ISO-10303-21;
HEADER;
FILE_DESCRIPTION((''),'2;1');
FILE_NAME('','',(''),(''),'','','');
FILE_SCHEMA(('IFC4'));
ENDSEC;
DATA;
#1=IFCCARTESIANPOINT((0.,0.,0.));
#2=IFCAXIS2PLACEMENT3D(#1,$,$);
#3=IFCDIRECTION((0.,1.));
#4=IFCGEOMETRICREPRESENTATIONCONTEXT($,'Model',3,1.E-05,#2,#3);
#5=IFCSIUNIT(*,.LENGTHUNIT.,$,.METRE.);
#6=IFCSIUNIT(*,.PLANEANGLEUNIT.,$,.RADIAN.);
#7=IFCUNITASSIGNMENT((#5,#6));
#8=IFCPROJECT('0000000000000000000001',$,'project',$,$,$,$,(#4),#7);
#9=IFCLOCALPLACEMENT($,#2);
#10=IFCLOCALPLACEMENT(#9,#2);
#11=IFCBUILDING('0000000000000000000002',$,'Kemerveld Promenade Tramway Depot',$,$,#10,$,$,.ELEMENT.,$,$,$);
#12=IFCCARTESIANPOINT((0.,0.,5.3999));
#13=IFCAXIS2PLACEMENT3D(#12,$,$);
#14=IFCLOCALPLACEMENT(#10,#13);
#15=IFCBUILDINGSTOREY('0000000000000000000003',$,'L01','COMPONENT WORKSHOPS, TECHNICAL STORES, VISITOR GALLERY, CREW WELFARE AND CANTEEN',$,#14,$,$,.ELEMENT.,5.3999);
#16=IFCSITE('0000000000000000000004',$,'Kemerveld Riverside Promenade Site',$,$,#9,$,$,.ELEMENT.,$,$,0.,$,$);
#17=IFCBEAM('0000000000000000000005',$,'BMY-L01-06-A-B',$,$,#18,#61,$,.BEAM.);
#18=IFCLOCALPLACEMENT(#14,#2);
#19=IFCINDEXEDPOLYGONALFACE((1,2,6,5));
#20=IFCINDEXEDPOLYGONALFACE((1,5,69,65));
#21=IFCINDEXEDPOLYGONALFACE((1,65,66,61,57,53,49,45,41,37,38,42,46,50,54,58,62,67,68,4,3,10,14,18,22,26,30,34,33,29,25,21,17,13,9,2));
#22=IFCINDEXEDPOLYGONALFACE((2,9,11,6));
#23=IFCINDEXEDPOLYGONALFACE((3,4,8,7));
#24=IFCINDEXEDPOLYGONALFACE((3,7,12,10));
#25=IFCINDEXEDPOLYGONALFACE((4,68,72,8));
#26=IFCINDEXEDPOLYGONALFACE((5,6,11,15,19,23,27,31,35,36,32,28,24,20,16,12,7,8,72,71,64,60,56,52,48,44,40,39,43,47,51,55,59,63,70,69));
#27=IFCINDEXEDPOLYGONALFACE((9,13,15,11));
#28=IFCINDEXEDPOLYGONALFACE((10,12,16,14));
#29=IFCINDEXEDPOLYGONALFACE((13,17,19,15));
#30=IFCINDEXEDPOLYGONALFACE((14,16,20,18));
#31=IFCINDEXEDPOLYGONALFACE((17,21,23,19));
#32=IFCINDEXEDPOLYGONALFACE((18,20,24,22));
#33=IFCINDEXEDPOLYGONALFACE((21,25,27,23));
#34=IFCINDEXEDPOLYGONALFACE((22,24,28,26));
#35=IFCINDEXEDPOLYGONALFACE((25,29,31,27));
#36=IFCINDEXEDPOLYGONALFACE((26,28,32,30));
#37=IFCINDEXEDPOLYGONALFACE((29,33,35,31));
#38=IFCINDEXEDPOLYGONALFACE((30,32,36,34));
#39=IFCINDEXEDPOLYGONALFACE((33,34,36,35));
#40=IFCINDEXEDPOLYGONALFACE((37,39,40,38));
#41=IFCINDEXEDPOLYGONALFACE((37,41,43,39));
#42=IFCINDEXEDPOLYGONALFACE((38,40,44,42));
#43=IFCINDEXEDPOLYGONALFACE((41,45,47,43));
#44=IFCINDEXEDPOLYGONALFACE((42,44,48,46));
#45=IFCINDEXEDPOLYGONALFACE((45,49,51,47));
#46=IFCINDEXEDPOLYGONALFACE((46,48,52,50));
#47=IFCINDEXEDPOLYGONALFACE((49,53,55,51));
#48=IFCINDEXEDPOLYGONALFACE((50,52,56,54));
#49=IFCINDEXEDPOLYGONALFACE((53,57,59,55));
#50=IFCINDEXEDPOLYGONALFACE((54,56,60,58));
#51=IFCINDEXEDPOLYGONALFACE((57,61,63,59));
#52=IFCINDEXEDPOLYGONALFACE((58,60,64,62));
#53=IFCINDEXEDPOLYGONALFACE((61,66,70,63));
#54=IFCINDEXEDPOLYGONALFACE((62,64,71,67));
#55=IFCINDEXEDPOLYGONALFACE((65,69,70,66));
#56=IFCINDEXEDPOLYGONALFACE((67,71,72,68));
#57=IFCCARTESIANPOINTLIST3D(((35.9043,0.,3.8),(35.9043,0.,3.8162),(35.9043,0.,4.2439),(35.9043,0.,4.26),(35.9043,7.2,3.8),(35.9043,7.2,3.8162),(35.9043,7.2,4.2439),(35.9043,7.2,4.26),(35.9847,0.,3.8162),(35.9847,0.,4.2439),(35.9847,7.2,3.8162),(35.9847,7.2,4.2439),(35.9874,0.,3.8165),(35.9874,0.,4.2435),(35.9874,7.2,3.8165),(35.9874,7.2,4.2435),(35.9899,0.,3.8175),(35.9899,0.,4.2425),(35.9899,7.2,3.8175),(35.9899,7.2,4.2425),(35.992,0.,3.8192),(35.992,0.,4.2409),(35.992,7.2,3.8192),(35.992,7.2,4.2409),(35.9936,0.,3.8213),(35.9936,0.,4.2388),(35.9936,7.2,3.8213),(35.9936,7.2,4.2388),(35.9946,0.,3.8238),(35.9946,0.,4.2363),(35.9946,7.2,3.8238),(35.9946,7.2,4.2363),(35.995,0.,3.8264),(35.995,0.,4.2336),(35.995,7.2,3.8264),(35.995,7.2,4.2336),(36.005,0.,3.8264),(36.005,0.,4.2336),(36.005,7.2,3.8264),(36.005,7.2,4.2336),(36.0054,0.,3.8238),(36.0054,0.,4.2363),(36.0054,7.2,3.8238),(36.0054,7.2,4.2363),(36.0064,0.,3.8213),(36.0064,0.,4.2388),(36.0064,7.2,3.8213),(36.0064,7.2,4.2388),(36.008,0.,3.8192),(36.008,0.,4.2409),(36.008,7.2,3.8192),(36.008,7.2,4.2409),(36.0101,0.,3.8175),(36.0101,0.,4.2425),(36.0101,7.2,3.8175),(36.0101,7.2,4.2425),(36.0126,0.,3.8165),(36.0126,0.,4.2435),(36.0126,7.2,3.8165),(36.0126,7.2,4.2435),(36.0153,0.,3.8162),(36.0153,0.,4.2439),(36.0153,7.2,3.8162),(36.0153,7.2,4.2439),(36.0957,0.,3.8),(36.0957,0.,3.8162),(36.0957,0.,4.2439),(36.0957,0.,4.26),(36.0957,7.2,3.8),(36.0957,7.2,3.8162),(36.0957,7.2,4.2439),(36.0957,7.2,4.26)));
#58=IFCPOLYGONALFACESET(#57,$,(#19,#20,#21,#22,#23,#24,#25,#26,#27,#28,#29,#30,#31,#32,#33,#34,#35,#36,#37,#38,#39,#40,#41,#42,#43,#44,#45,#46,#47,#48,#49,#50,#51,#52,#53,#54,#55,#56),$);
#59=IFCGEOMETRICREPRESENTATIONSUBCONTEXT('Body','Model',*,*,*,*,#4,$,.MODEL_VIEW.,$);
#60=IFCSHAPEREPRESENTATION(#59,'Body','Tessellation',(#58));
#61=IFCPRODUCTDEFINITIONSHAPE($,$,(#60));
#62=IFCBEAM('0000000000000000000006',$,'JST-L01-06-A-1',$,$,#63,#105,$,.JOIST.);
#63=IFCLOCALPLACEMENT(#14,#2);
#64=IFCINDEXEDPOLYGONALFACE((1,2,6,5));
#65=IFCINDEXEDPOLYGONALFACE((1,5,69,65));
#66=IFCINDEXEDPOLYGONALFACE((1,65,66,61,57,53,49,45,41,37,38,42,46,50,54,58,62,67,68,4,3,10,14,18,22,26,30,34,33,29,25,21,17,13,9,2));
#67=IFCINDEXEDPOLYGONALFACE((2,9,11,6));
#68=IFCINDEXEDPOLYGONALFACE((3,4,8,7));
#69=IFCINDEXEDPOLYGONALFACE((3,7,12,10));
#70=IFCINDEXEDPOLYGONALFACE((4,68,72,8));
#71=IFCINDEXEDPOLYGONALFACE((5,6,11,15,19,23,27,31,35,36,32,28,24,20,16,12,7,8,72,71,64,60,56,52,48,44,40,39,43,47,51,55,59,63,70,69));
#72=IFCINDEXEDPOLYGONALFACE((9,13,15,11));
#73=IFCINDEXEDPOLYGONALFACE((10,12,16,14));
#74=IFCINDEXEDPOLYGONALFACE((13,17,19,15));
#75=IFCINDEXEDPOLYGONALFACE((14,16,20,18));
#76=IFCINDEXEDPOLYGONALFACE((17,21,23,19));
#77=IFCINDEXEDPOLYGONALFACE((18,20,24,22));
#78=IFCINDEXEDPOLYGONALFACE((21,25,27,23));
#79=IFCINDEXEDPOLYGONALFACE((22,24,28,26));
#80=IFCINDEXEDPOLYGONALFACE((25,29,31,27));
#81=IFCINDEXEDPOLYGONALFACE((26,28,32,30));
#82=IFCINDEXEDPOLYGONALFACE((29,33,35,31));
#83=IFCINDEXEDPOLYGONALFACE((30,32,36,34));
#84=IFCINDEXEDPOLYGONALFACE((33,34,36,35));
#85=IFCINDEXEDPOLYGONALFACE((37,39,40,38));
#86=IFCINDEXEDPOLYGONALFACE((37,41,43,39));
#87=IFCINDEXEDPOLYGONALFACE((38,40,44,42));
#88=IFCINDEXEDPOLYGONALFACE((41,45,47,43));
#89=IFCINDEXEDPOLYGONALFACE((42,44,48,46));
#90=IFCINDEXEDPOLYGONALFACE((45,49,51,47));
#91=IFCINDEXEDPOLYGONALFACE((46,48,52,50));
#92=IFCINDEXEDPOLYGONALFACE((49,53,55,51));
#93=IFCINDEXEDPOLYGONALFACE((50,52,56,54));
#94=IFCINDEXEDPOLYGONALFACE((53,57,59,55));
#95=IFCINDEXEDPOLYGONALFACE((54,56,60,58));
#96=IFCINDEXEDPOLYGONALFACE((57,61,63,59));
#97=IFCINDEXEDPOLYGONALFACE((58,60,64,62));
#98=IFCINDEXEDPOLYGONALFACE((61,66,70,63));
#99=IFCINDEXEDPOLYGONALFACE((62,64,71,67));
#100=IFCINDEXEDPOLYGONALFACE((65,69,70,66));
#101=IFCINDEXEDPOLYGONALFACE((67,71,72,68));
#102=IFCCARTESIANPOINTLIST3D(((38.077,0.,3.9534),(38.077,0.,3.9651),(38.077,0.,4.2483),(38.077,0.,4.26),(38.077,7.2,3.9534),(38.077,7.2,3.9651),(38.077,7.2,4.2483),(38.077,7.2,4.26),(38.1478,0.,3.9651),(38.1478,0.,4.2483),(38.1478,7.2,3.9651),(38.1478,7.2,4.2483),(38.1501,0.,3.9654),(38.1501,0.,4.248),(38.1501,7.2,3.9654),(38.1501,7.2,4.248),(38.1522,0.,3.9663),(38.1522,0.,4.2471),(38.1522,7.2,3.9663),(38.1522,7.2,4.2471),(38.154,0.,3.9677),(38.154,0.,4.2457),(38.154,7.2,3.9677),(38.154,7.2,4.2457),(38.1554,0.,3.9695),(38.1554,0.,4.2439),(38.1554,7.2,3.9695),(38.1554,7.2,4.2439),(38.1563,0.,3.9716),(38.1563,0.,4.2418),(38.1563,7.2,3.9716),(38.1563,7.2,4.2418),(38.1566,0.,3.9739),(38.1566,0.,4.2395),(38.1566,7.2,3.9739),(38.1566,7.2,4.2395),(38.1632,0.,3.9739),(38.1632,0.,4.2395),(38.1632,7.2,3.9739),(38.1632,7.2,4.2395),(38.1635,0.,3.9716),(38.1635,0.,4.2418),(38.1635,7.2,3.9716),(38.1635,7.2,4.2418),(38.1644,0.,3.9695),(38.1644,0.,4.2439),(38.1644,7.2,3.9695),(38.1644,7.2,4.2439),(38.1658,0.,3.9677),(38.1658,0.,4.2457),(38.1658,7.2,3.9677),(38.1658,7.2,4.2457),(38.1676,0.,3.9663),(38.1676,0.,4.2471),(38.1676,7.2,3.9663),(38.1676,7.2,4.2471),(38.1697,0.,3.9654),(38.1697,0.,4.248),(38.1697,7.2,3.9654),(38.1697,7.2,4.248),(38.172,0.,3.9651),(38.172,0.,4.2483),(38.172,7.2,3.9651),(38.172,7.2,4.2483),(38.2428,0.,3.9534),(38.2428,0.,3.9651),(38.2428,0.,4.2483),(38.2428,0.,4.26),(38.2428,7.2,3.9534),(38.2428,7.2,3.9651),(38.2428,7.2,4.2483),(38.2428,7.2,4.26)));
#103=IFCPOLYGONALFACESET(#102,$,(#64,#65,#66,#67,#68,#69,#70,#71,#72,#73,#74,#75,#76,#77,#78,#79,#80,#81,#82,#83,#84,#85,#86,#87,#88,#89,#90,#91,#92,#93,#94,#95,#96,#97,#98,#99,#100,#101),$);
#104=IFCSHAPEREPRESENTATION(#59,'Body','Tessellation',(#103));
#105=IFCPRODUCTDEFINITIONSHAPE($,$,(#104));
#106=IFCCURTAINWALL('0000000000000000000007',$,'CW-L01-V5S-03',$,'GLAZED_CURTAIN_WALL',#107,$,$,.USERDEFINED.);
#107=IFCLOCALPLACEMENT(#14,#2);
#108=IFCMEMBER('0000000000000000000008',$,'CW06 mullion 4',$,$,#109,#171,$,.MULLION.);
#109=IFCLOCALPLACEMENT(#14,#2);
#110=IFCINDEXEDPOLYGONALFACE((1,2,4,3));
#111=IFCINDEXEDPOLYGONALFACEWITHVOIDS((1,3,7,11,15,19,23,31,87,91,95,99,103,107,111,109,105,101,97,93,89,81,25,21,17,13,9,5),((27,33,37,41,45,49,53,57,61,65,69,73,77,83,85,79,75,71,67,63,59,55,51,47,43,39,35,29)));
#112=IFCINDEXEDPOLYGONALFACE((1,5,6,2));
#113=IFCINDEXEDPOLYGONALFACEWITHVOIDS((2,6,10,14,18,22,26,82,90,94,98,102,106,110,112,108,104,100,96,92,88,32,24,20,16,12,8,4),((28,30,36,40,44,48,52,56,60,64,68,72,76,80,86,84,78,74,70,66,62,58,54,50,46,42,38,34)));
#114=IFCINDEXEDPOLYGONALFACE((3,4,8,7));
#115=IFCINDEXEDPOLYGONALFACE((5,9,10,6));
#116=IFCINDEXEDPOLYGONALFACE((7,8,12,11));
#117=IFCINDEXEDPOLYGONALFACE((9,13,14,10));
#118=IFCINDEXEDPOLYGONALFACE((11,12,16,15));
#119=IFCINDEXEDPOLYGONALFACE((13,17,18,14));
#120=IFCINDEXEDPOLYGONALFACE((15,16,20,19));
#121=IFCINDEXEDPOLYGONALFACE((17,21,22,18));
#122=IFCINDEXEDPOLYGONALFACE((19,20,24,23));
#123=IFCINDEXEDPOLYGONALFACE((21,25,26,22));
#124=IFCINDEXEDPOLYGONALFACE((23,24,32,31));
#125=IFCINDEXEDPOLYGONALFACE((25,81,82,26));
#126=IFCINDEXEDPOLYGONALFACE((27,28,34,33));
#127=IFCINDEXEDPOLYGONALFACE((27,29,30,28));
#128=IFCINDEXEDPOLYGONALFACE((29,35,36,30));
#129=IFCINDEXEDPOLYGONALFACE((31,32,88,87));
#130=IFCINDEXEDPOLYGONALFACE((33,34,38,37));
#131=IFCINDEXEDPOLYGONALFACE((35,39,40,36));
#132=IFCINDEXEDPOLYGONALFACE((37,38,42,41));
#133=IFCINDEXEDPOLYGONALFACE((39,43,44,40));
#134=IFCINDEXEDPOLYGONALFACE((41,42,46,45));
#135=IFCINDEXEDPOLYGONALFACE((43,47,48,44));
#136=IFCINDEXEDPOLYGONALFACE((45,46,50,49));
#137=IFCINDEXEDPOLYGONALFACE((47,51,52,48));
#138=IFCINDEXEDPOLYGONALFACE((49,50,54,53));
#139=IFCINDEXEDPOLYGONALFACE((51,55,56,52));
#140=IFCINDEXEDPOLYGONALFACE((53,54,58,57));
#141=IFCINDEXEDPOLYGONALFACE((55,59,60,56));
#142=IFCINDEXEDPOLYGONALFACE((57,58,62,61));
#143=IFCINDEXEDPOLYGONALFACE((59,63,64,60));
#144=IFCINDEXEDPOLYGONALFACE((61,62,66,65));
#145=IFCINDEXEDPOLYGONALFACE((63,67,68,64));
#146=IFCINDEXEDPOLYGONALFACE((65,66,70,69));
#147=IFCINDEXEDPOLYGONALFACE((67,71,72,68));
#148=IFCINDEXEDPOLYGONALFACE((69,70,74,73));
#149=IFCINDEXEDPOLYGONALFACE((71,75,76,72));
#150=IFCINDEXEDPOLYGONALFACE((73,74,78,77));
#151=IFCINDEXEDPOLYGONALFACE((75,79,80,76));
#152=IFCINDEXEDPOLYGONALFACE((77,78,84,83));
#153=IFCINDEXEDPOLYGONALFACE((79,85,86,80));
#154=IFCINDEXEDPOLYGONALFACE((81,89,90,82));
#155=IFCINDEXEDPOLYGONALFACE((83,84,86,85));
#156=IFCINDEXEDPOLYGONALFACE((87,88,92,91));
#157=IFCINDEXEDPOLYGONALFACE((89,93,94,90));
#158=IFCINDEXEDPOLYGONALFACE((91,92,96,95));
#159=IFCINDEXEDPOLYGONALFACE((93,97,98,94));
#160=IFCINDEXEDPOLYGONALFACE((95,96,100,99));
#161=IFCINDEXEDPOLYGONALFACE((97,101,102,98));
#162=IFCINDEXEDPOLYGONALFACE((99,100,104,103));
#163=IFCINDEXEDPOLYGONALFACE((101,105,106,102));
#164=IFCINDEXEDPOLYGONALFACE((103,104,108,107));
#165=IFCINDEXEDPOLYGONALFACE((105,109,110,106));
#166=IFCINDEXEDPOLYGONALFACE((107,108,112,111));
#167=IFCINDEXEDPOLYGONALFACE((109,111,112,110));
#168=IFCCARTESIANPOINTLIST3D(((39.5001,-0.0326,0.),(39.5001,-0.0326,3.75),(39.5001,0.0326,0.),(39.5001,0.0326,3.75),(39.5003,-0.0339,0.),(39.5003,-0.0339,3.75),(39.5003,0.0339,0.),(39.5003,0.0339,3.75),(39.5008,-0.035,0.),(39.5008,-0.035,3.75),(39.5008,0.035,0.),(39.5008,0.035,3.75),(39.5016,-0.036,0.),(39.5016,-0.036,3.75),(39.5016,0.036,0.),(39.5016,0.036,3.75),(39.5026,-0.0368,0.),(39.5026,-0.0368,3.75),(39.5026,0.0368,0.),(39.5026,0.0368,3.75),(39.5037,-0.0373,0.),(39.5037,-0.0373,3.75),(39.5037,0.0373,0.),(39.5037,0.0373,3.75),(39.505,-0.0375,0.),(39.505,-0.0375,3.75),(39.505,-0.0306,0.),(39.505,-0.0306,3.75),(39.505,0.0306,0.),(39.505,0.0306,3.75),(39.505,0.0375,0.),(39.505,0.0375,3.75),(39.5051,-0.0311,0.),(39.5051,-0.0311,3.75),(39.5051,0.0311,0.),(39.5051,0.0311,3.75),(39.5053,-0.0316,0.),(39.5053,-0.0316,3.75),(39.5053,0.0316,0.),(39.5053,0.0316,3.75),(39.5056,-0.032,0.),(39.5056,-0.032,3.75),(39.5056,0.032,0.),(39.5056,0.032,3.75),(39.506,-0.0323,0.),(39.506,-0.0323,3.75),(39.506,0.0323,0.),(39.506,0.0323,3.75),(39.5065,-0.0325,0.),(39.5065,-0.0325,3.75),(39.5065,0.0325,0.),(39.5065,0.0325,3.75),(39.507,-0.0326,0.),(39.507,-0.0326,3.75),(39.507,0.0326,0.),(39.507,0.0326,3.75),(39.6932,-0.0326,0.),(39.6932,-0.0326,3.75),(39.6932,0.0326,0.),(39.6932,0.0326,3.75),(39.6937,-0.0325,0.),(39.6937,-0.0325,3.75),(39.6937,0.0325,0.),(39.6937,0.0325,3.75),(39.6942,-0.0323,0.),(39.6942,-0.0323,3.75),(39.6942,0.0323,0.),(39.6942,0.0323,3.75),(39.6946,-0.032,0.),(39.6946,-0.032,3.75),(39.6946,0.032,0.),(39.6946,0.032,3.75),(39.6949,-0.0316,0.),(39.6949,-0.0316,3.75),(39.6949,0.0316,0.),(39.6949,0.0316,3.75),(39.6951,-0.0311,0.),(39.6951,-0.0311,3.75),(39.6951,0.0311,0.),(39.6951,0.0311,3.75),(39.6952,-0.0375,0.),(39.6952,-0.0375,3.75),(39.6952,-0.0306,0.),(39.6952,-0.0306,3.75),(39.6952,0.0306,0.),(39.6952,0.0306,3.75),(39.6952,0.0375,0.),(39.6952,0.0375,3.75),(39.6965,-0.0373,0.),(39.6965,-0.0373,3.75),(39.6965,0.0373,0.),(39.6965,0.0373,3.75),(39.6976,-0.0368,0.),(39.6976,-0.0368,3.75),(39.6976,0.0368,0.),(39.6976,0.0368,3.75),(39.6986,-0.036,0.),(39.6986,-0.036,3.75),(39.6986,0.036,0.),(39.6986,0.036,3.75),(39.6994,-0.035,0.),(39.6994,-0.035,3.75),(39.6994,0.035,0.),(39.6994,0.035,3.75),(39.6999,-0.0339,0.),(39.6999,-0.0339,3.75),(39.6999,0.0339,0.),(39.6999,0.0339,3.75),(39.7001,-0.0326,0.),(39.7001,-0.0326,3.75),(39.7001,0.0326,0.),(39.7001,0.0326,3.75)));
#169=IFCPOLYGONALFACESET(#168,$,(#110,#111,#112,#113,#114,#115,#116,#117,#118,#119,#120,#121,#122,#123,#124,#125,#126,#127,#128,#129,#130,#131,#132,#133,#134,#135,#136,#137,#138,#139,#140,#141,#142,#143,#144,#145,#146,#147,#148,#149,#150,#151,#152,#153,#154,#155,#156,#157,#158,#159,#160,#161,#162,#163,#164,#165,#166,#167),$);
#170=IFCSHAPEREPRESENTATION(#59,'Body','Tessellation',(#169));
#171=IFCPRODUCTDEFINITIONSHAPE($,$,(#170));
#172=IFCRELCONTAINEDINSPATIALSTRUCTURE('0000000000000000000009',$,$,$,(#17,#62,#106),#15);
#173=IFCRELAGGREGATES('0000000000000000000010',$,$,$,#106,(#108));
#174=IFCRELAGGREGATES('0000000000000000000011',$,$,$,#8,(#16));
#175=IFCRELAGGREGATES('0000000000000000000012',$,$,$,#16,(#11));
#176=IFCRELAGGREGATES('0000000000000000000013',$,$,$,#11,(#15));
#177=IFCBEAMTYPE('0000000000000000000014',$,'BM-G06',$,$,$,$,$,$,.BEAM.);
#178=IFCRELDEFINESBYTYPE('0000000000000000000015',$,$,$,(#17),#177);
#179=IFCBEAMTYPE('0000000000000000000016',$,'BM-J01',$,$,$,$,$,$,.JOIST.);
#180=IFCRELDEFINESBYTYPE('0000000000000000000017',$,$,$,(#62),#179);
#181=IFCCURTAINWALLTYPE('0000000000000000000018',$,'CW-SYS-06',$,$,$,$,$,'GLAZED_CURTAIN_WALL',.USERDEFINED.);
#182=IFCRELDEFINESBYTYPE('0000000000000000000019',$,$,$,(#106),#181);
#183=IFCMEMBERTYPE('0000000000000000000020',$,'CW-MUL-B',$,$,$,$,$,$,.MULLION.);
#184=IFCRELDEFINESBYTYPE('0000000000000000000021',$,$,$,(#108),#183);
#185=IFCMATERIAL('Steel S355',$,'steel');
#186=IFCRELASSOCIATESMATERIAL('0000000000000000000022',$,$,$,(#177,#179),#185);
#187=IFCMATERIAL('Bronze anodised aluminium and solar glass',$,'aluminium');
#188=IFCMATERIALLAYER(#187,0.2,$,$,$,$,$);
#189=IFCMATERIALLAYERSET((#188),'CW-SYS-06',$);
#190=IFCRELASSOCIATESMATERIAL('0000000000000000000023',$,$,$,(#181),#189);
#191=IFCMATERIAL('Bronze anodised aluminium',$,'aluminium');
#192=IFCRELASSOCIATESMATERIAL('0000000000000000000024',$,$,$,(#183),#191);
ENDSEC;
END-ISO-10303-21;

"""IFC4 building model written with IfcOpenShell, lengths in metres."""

from ifc_helpers import new_model, si_unit, direction, frame, origin, origin_2d, place, context, subcontext, project, spatial, hollow_rectangle, i_section, extrude, material, layer, layer_set, material_profile, profile_set, type_object, element, aggregate, save


model = new_model("IFC4")

# Units and contexts
model_context = context("Model", 3, precision=1e-05, world=origin(), true_north=direction((0.0, 1.0)))
body_context = subcontext(model_context, "Body", "Model", "MODEL_VIEW")
ifc_project = project(units=[si_unit("LENGTHUNIT", "METRE"), si_unit("PLANEANGLEUNIT", "RADIAN")], contexts=[model_context])

# Site, building, storey
site_placement = place(None, origin())
site = spatial("IfcSite", under=ifc_project, at=site_placement, Name="Kemerveld Riverside Promenade Site", CompositionType="ELEMENT", RefElevation=0.0)
building_placement = place(site_placement, origin())
building = spatial("IfcBuilding", under=site, at=building_placement, Name="Kemerveld Promenade Tramway Depot", CompositionType="ELEMENT")
storey_placement = place(building_placement, frame((0.0, 0.0, 5.3999)))
storey = spatial("IfcBuildingStorey", under=building, at=storey_placement, Name="L01", Description="COMPONENT WORKSHOPS, TECHNICAL STORES, VISITOR GALLERY, CREW WELFARE AND CANTEEN", CompositionType="ELEMENT", Elevation=5.3999)

# Beams
ifc_material_1 = material(Name="Steel S355", Category="steel")
ifc_material_profile_1 = material_profile(ifc_material_1, i_section(OverallWidth=0.1914, OverallDepth=0.46, WebThickness=0.01, FlangeThickness=0.0161, FilletRadius=0.0103, at=origin_2d()), Name="457x191x82 UB")
ifc_profile_set_1 = profile_set([ifc_material_profile_1], Name="Steel S355")
beam_type_1 = type_object("IfcBeamType", Name="BM-G06", PredefinedType="BEAM", material=ifc_profile_set_1)
beam_1_placement = place(storey_placement, frame((36.0, 0.0, 4.03), z_axis=(0.0, 1.0, 0.0), x_axis=(-1.0, 0.0, 0.0)))
element("IfcBeam", 1, at=beam_1_placement, inside=storey, type_object=beam_type_1, Name="BMY-L01-06-A-B", PredefinedType="BEAM", context=body_context, shape_type="SweptSolid", body=[
    extrude(i_section(OverallWidth=0.1914, OverallDepth=0.46, WebThickness=0.01, FlangeThickness=0.0161, FilletRadius=0.0103, at=origin_2d()), origin(), (0.0, 0.0, 1.0), 7.2),
])
ifc_material_profile_2 = material_profile(ifc_material_1, i_section(OverallWidth=0.1658, OverallDepth=0.3066, WebThickness=0.0066, FlangeThickness=0.0117, FilletRadius=0.0088, at=origin_2d()), Name="305x165x46 UB")
ifc_profile_set_2 = profile_set([ifc_material_profile_2], Name="Steel S355")
beam_type_2 = type_object("IfcBeamType", Name="BM-J01", PredefinedType="JOIST", material=ifc_profile_set_2)
beam_2_placement = place(storey_placement, frame((38.1599, 0.0, 4.1067), z_axis=(0.0, 1.0, 0.0), x_axis=(-1.0, 0.0, 0.0)))
element("IfcBeam", 2, at=beam_2_placement, inside=storey, type_object=beam_type_2, Name="JST-L01-06-A-1", PredefinedType="JOIST", context=body_context, shape_type="SweptSolid", body=[
    extrude(i_section(OverallWidth=0.1658, OverallDepth=0.3066, WebThickness=0.0066, FlangeThickness=0.0117, FilletRadius=0.0088, at=origin_2d()), origin(), (0.0, 0.0, 1.0), 7.2),
])

# Curtain wall, member
ifc_material_2 = material(Name="Bronze anodised aluminium and solar glass", Category="aluminium")
ifc_layer_1 = layer(ifc_material_2, 0.2)
ifc_layer_set_1 = layer_set([ifc_layer_1], Name="CW-SYS-06")
curtain_wall_type = type_object("IfcCurtainWallType", Name="CW-SYS-06", ElementType="GLAZED_CURTAIN_WALL", PredefinedType="USERDEFINED", material=ifc_layer_set_1)
curtain_wall_placement = place(storey_placement, origin())
curtain_wall = element("IfcCurtainWall", 3, at=curtain_wall_placement, inside=storey, type_object=curtain_wall_type, Name="CW-L01-V5S-03", ObjectType="GLAZED_CURTAIN_WALL", PredefinedType="USERDEFINED")
ifc_material_3 = material(Name="Bronze anodised aluminium", Category="aluminium")
ifc_material_profile_3 = material_profile(ifc_material_3, hollow_rectangle(XDim=0.075, YDim=0.2, WallThickness=0.0049, InnerFilletRadius=0.002, OuterFilletRadius=0.0049, at=origin_2d()), Name="CW-MUL-200x75")
ifc_profile_set_3 = profile_set([ifc_material_profile_3], Name="Bronze anodised aluminium")
member_type_1 = type_object("IfcMemberType", Name="CW-MUL-B", PredefinedType="MULLION", material=ifc_profile_set_3)
member_1_placement = place(storey_placement, frame((39.6001, 0.0, 0.0), z_axis=(0.0, 0.0, 1.0), x_axis=(0.0, -1.0, 0.0)))
member_1 = element("IfcMember", 4, at=member_1_placement, type_object=member_type_1, Name="CW06 mullion 4", PredefinedType="MULLION", context=body_context, shape_type="SweptSolid", body=[
    extrude(hollow_rectangle(XDim=0.075, YDim=0.2, WallThickness=0.0049, InnerFilletRadius=0.002, OuterFilletRadius=0.0049, at=origin_2d()), origin(), (0.0, 0.0, 1.0), 3.75),
])
aggregate(curtain_wall, [member_1])

save(model, "model.ifc")
